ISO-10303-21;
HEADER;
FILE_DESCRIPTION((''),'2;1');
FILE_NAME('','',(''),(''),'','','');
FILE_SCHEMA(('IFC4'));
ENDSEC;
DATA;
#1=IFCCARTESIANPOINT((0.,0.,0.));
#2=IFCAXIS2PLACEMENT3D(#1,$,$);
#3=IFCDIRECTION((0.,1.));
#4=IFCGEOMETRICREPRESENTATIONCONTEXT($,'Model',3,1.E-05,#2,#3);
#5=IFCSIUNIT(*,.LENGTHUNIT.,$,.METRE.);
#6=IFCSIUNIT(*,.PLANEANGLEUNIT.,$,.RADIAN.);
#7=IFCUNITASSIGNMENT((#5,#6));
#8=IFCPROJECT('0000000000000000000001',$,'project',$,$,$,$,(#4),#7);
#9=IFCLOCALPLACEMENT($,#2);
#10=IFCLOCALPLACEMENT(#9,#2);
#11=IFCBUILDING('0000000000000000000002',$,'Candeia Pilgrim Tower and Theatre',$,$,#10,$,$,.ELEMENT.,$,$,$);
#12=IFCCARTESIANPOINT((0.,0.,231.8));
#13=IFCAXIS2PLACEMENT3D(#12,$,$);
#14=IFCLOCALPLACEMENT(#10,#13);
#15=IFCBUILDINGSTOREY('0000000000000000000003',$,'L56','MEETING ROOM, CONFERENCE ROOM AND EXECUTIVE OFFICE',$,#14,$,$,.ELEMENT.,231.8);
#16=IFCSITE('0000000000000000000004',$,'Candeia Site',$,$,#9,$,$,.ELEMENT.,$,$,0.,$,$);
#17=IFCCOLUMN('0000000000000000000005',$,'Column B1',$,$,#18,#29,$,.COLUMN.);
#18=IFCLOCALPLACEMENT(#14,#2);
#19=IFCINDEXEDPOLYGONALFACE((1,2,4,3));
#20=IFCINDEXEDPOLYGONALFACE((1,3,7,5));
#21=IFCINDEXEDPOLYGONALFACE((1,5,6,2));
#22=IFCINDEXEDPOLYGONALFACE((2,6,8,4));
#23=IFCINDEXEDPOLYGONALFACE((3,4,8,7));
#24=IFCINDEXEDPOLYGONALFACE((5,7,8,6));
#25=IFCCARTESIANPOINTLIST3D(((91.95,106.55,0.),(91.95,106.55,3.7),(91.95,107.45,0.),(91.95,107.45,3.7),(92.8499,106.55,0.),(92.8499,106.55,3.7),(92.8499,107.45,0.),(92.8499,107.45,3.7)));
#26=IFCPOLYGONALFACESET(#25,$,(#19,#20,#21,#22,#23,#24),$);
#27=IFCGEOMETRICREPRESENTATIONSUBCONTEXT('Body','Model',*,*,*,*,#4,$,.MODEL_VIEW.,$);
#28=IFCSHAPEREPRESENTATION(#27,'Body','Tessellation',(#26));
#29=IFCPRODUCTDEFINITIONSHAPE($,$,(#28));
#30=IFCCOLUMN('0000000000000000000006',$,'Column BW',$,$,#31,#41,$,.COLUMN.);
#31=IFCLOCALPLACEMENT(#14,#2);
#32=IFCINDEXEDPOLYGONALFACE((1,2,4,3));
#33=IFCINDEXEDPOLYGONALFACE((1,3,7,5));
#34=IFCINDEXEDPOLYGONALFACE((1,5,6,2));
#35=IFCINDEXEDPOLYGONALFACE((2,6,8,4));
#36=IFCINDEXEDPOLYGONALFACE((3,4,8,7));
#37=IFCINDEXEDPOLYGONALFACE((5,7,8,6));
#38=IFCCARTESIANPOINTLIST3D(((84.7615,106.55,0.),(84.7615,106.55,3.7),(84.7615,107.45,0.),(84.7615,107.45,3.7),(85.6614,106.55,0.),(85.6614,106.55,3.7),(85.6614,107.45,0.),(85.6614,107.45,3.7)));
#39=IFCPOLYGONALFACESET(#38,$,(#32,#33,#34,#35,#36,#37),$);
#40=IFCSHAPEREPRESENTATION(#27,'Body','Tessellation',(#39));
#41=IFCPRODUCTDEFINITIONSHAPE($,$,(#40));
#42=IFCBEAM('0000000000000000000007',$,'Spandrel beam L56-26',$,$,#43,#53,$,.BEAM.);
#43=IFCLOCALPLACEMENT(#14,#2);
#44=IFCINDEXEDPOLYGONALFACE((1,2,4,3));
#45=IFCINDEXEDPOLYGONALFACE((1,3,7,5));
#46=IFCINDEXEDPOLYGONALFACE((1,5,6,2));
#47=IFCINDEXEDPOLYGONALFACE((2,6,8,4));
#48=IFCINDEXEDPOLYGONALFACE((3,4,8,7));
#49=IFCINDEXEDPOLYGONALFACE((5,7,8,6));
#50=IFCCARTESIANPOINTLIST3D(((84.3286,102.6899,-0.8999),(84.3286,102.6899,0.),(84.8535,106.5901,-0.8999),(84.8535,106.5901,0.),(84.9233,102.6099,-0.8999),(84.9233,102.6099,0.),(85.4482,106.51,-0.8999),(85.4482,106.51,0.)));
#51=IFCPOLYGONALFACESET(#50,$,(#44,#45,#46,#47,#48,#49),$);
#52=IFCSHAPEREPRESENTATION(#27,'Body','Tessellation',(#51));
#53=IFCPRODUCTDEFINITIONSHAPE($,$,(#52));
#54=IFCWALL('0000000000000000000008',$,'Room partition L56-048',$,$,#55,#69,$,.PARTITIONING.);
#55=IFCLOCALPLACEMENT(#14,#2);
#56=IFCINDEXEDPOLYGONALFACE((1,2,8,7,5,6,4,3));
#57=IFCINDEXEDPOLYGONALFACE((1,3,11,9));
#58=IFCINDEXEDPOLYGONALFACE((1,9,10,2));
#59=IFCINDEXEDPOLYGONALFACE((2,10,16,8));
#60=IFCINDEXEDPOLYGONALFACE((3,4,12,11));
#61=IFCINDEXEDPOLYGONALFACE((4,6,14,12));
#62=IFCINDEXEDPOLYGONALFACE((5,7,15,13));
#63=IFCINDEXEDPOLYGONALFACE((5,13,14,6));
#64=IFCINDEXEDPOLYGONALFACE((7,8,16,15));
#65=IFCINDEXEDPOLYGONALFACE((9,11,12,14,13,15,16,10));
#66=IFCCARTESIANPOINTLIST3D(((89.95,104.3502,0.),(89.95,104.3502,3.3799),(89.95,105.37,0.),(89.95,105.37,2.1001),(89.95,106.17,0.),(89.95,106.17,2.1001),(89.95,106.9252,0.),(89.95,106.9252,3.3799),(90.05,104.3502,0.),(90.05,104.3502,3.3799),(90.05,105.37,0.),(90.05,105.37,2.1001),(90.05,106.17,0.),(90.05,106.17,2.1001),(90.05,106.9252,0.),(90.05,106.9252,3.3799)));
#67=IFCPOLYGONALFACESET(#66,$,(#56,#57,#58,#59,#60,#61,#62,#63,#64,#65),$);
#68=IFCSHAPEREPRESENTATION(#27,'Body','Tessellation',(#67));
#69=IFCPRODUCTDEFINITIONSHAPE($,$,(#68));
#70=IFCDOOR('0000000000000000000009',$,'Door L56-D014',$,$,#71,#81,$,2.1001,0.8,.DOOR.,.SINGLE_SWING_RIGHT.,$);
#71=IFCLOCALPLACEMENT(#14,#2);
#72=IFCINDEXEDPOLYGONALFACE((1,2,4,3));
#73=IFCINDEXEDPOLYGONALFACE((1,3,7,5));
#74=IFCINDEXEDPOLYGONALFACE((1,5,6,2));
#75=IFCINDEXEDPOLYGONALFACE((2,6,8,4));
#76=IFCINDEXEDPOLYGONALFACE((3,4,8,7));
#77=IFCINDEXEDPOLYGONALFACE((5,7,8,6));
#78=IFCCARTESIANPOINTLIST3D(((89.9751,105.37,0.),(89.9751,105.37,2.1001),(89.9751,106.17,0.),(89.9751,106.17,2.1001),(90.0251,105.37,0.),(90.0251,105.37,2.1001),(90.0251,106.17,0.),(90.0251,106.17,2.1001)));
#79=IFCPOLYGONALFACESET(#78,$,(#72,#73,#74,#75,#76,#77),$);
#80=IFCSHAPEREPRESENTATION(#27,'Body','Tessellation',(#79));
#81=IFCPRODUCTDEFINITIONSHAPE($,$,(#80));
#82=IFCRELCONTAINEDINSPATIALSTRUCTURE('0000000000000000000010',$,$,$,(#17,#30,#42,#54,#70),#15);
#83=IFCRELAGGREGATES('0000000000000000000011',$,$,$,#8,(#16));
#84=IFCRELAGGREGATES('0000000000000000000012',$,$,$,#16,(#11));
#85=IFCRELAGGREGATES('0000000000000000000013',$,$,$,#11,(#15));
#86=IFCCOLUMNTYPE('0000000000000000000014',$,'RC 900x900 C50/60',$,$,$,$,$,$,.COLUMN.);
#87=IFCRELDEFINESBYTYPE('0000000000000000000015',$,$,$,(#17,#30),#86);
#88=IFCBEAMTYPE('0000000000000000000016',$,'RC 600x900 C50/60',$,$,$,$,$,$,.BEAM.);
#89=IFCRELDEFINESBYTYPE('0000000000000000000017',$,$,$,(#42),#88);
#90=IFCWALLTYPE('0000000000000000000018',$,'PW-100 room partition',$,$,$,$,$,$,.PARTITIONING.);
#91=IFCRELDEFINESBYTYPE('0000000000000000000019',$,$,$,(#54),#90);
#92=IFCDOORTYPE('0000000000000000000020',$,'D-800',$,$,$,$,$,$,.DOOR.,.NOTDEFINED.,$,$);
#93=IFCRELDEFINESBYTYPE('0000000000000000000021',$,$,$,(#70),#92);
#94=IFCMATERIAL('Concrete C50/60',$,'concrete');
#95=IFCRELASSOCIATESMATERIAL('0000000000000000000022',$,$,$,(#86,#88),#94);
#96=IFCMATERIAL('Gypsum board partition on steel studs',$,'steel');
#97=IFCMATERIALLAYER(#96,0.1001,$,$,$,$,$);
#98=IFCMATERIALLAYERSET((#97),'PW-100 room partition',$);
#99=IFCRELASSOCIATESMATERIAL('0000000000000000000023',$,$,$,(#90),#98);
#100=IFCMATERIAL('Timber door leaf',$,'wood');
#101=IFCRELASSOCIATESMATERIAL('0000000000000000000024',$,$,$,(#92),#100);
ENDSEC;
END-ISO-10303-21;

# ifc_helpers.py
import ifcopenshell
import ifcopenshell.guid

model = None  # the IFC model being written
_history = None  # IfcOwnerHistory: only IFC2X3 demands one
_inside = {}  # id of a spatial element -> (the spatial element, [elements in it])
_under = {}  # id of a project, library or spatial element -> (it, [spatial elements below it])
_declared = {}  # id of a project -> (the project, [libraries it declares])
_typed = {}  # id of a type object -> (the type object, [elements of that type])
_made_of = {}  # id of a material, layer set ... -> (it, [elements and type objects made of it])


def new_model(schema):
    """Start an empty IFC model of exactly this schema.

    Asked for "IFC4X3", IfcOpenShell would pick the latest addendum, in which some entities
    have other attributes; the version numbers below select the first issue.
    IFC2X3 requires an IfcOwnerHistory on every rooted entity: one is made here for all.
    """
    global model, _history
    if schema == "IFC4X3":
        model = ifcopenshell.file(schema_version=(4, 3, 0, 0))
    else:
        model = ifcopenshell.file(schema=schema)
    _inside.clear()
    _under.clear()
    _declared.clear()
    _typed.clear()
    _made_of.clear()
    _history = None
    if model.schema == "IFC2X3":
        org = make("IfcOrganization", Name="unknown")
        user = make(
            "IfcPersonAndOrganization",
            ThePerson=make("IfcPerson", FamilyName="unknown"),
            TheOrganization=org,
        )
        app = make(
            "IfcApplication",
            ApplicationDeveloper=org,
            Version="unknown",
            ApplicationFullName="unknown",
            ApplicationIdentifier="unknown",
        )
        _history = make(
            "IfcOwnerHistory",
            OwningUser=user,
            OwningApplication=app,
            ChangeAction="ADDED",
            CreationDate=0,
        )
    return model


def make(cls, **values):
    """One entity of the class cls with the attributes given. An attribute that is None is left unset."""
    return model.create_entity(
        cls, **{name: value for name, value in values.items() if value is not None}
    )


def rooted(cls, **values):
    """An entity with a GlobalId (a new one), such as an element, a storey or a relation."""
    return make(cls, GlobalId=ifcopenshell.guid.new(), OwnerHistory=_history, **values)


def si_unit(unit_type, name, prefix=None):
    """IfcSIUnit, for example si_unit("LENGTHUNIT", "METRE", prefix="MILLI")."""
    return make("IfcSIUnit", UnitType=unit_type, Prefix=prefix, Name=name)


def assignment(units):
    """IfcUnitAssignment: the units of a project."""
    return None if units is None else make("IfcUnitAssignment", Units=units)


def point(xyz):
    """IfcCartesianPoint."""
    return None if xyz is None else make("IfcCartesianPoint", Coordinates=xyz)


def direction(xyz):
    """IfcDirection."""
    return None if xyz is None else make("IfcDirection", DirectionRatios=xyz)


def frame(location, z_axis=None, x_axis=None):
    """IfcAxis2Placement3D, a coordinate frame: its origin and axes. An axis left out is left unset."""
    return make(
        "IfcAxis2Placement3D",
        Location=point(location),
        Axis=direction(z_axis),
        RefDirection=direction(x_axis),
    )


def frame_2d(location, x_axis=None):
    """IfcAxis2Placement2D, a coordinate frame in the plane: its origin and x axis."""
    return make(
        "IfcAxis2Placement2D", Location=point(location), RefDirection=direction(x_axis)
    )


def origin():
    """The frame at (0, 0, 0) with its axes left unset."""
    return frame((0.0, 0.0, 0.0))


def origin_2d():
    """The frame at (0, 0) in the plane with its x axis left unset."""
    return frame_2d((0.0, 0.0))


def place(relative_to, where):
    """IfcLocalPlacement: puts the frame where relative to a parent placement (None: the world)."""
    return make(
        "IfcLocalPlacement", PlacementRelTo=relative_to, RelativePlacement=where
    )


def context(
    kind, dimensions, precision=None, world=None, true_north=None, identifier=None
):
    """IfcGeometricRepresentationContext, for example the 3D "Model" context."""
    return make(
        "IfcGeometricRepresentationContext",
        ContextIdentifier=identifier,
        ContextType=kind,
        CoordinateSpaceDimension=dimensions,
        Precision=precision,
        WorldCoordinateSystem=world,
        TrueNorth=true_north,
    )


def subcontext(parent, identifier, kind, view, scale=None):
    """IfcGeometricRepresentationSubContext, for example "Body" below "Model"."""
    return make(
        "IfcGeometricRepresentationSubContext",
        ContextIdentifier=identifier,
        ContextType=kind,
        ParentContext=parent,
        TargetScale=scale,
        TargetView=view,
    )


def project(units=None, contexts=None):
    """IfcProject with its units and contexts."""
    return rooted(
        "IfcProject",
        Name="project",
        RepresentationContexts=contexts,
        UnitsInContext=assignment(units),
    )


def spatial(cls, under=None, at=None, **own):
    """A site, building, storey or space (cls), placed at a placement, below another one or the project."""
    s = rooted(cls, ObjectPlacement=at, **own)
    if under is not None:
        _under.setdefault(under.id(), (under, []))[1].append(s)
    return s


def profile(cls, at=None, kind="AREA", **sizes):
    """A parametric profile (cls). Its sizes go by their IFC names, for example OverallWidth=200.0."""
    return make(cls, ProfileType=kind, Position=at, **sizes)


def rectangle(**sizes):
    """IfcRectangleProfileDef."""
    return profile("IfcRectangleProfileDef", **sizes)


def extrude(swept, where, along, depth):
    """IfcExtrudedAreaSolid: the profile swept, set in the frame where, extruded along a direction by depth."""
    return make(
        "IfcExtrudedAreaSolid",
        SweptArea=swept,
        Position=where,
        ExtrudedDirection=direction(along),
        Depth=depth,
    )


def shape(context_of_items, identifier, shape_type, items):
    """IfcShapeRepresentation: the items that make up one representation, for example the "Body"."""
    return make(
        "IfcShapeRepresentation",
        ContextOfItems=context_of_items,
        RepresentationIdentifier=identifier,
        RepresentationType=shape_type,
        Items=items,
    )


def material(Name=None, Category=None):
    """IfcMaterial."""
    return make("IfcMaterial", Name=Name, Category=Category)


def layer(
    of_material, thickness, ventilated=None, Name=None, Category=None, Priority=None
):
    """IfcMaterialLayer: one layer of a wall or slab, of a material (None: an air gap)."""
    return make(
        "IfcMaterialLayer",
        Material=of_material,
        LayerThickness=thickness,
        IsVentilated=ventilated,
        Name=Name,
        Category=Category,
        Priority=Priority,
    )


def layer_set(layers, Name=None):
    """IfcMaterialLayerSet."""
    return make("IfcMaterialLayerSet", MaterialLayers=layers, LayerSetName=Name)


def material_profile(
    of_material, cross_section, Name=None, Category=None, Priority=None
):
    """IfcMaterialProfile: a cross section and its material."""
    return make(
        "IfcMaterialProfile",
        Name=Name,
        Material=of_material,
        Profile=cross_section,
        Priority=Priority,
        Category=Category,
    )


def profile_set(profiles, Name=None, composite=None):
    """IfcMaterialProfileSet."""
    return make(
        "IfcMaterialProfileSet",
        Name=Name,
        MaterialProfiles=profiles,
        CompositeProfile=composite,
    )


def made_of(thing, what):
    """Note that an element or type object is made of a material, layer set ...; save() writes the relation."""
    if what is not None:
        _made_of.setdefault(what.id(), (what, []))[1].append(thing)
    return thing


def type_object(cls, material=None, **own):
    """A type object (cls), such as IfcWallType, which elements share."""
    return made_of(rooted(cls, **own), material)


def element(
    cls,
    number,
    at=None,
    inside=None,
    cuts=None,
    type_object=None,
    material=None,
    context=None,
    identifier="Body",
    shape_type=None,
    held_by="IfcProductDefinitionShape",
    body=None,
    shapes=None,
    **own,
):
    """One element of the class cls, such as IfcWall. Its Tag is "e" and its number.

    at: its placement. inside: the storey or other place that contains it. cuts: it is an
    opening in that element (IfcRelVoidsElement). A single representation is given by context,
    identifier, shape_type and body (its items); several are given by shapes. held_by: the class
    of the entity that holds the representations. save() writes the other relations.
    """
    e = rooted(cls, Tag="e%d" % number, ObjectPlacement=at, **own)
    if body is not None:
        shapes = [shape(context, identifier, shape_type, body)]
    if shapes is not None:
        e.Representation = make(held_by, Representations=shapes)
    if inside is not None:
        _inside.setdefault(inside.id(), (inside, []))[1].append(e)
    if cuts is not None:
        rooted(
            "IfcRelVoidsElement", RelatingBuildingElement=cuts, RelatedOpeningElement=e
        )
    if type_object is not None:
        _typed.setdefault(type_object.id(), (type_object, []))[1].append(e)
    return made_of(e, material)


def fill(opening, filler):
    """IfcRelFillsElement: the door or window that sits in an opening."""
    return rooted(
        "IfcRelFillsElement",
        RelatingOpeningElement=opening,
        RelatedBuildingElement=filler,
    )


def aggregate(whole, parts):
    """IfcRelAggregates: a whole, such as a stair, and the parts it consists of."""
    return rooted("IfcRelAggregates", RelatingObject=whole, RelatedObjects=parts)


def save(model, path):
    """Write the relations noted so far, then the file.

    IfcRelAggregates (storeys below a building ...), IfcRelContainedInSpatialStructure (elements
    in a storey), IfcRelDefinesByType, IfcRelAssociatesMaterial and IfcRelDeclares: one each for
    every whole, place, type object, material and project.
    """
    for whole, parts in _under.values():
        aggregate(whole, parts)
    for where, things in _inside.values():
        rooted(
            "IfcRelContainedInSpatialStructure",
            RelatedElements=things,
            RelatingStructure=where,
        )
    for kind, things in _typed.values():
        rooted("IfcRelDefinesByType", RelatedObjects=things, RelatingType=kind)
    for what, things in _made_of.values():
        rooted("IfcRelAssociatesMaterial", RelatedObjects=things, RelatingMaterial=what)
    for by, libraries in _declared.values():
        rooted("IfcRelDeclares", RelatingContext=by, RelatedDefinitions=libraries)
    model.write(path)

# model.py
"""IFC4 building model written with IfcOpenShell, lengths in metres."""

from ifc_helpers import new_model, si_unit, direction, frame, frame_2d, origin, origin_2d, place, context, subcontext, project, spatial, rectangle, extrude, material, layer, layer_set, material_profile, profile_set, type_object, element, fill, save


model = new_model("IFC4")

# Units and contexts
model_context = context("Model", 3, precision=1e-05, world=origin(), true_north=direction((0.0, 1.0)))
body_context = subcontext(model_context, "Body", "Model", "MODEL_VIEW")
ifc_project = project(units=[si_unit("LENGTHUNIT", "METRE"), si_unit("PLANEANGLEUNIT", "RADIAN")], contexts=[model_context])

# Site, building, storey
site_placement = place(None, origin())
site = spatial("IfcSite", under=ifc_project, at=site_placement, Name="Candeia Site", CompositionType="ELEMENT", RefElevation=0.0)
building_placement = place(site_placement, origin())
building = spatial("IfcBuilding", under=site, at=building_placement, Name="Candeia Pilgrim Tower and Theatre", CompositionType="ELEMENT")
storey_placement = place(building_placement, frame((0.0, 0.0, 231.8)))
storey = spatial("IfcBuildingStorey", under=building, at=storey_placement, Name="L56", Description="MEETING ROOM, CONFERENCE ROOM AND EXECUTIVE OFFICE", CompositionType="ELEMENT", Elevation=231.8)

# Columns
ifc_material_1 = material(Name="Concrete C50/60", Category="concrete")
ifc_material_profile_1 = material_profile(ifc_material_1, rectangle(XDim=0.8999, YDim=0.8999, at=origin_2d()))
ifc_profile_set_1 = profile_set([ifc_material_profile_1], Name="Concrete C50/60")
column_type = type_object("IfcColumnType", Name="RC 900x900 C50/60", PredefinedType="COLUMN", material=ifc_profile_set_1)
for number, where, z_axis, x_axis, name in (
    (1, (92.3999, 107.0, 0.0), (0.0, 0.0, 1.0), (1.0, 0.0, 0.0), "Column B1"),
    (2, (85.2114, 107.0, 0.0), (0.0, 0.0, 1.0), (1.0, 0.0, 0.0), "Column BW"),
):
    element("IfcColumn", number, at=place(storey_placement, frame(where, z_axis=z_axis, x_axis=x_axis)), inside=storey, type_object=column_type, Name=name, PredefinedType="COLUMN", context=body_context, shape_type="SweptSolid", body=[
        extrude(rectangle(XDim=0.8999, YDim=0.8999, at=origin_2d()), origin(), (0.0, 0.0, 1.0), 3.7),
    ])

# Beam
ifc_material_profile_2 = material_profile(ifc_material_1, rectangle(XDim=0.6001, YDim=0.8999, at=origin_2d()))
ifc_profile_set_2 = profile_set([ifc_material_profile_2], Name="Concrete C50/60")
beam_type = type_object("IfcBeamType", Name="RC 600x900 C50/60", PredefinedType="BEAM", material=ifc_profile_set_2)
beam_placement = place(storey_placement, frame((85.1509, 106.55, -0.45), z_axis=(-0.133383, -0.991065, 0.0), x_axis=(0.991065, -0.133383, 0.0)))
element("IfcBeam", 3, at=beam_placement, inside=storey, type_object=beam_type, Name="Spandrel beam L56-26", PredefinedType="BEAM", context=body_context, shape_type="SweptSolid", body=[
    extrude(rectangle(XDim=0.6001, YDim=0.8999, at=origin_2d()), origin(), (0.0, 0.0, 1.0), 3.9353),
])

# Wall, opening, door
ifc_material_2 = material(Name="Gypsum board partition on steel studs", Category="steel")
ifc_layer_1 = layer(ifc_material_2, 0.1001)
ifc_layer_set_1 = layer_set([ifc_layer_1], Name="PW-100 room partition")
wall_type_1 = type_object("IfcWallType", Name="PW-100 room partition", PredefinedType="PARTITIONING", material=ifc_layer_set_1)
wall_1_placement = place(storey_placement, frame((90.0, 104.3501, 0.0), z_axis=(0.0, 0.0, 1.0), x_axis=(0.0, 1.0, 0.0)))
wall_1 = element("IfcWall", 4, at=wall_1_placement, inside=storey, type_object=wall_type_1, Name="Room partition L56-048", PredefinedType="PARTITIONING", context=body_context, shape_type="SweptSolid", body=[
    extrude(rectangle(XDim=2.575, YDim=0.1001, at=frame_2d((1.2876, 0.0))), origin(), (0.0, 0.0, 1.0), 3.3799),
])
opening_1_placement = place(wall_1_placement, frame((1.02, 0.0, 0.0)))
opening_1 = element("IfcOpeningElement", 5, at=opening_1_placement, cuts=wall_1, PredefinedType="OPENING", context=body_context, shape_type="SweptSolid", body=[
    extrude(rectangle(XDim=0.8, YDim=2.1001, at=frame_2d((0.3999, 1.05))), frame((0.0, 0.0601, 0.0), z_axis=(0.0, -1.0, 0.0), x_axis=(1.0, 0.0, 0.0)), (0.0, 0.0, 1.0), 0.1201),
])
ifc_material_3 = material(Name="Timber door leaf", Category="wood")
door_type_1 = type_object("IfcDoorType", Name="D-800", OperationType="NOTDEFINED", PredefinedType="DOOR", material=ifc_material_3)
door_1_placement = place(opening_1_placement, origin())
door_1 = element("IfcDoor", 6, at=door_1_placement, inside=storey, type_object=door_type_1, Name="Door L56-D014", OperationType="SINGLE_SWING_RIGHT", OverallHeight=2.1001, OverallWidth=0.8, PredefinedType="DOOR", context=body_context, shape_type="SweptSolid", body=[
    extrude(rectangle(XDim=0.8, YDim=2.1001, at=frame_2d((0.3999, 1.05))), frame((0.0, 0.0249, 0.0), z_axis=(0.0, -1.0, 0.0), x_axis=(1.0, 0.0, 0.0)), (0.0, 0.0, 1.0), 0.05),
])
fill(opening_1, door_1)

save(model, "model.ifc")
